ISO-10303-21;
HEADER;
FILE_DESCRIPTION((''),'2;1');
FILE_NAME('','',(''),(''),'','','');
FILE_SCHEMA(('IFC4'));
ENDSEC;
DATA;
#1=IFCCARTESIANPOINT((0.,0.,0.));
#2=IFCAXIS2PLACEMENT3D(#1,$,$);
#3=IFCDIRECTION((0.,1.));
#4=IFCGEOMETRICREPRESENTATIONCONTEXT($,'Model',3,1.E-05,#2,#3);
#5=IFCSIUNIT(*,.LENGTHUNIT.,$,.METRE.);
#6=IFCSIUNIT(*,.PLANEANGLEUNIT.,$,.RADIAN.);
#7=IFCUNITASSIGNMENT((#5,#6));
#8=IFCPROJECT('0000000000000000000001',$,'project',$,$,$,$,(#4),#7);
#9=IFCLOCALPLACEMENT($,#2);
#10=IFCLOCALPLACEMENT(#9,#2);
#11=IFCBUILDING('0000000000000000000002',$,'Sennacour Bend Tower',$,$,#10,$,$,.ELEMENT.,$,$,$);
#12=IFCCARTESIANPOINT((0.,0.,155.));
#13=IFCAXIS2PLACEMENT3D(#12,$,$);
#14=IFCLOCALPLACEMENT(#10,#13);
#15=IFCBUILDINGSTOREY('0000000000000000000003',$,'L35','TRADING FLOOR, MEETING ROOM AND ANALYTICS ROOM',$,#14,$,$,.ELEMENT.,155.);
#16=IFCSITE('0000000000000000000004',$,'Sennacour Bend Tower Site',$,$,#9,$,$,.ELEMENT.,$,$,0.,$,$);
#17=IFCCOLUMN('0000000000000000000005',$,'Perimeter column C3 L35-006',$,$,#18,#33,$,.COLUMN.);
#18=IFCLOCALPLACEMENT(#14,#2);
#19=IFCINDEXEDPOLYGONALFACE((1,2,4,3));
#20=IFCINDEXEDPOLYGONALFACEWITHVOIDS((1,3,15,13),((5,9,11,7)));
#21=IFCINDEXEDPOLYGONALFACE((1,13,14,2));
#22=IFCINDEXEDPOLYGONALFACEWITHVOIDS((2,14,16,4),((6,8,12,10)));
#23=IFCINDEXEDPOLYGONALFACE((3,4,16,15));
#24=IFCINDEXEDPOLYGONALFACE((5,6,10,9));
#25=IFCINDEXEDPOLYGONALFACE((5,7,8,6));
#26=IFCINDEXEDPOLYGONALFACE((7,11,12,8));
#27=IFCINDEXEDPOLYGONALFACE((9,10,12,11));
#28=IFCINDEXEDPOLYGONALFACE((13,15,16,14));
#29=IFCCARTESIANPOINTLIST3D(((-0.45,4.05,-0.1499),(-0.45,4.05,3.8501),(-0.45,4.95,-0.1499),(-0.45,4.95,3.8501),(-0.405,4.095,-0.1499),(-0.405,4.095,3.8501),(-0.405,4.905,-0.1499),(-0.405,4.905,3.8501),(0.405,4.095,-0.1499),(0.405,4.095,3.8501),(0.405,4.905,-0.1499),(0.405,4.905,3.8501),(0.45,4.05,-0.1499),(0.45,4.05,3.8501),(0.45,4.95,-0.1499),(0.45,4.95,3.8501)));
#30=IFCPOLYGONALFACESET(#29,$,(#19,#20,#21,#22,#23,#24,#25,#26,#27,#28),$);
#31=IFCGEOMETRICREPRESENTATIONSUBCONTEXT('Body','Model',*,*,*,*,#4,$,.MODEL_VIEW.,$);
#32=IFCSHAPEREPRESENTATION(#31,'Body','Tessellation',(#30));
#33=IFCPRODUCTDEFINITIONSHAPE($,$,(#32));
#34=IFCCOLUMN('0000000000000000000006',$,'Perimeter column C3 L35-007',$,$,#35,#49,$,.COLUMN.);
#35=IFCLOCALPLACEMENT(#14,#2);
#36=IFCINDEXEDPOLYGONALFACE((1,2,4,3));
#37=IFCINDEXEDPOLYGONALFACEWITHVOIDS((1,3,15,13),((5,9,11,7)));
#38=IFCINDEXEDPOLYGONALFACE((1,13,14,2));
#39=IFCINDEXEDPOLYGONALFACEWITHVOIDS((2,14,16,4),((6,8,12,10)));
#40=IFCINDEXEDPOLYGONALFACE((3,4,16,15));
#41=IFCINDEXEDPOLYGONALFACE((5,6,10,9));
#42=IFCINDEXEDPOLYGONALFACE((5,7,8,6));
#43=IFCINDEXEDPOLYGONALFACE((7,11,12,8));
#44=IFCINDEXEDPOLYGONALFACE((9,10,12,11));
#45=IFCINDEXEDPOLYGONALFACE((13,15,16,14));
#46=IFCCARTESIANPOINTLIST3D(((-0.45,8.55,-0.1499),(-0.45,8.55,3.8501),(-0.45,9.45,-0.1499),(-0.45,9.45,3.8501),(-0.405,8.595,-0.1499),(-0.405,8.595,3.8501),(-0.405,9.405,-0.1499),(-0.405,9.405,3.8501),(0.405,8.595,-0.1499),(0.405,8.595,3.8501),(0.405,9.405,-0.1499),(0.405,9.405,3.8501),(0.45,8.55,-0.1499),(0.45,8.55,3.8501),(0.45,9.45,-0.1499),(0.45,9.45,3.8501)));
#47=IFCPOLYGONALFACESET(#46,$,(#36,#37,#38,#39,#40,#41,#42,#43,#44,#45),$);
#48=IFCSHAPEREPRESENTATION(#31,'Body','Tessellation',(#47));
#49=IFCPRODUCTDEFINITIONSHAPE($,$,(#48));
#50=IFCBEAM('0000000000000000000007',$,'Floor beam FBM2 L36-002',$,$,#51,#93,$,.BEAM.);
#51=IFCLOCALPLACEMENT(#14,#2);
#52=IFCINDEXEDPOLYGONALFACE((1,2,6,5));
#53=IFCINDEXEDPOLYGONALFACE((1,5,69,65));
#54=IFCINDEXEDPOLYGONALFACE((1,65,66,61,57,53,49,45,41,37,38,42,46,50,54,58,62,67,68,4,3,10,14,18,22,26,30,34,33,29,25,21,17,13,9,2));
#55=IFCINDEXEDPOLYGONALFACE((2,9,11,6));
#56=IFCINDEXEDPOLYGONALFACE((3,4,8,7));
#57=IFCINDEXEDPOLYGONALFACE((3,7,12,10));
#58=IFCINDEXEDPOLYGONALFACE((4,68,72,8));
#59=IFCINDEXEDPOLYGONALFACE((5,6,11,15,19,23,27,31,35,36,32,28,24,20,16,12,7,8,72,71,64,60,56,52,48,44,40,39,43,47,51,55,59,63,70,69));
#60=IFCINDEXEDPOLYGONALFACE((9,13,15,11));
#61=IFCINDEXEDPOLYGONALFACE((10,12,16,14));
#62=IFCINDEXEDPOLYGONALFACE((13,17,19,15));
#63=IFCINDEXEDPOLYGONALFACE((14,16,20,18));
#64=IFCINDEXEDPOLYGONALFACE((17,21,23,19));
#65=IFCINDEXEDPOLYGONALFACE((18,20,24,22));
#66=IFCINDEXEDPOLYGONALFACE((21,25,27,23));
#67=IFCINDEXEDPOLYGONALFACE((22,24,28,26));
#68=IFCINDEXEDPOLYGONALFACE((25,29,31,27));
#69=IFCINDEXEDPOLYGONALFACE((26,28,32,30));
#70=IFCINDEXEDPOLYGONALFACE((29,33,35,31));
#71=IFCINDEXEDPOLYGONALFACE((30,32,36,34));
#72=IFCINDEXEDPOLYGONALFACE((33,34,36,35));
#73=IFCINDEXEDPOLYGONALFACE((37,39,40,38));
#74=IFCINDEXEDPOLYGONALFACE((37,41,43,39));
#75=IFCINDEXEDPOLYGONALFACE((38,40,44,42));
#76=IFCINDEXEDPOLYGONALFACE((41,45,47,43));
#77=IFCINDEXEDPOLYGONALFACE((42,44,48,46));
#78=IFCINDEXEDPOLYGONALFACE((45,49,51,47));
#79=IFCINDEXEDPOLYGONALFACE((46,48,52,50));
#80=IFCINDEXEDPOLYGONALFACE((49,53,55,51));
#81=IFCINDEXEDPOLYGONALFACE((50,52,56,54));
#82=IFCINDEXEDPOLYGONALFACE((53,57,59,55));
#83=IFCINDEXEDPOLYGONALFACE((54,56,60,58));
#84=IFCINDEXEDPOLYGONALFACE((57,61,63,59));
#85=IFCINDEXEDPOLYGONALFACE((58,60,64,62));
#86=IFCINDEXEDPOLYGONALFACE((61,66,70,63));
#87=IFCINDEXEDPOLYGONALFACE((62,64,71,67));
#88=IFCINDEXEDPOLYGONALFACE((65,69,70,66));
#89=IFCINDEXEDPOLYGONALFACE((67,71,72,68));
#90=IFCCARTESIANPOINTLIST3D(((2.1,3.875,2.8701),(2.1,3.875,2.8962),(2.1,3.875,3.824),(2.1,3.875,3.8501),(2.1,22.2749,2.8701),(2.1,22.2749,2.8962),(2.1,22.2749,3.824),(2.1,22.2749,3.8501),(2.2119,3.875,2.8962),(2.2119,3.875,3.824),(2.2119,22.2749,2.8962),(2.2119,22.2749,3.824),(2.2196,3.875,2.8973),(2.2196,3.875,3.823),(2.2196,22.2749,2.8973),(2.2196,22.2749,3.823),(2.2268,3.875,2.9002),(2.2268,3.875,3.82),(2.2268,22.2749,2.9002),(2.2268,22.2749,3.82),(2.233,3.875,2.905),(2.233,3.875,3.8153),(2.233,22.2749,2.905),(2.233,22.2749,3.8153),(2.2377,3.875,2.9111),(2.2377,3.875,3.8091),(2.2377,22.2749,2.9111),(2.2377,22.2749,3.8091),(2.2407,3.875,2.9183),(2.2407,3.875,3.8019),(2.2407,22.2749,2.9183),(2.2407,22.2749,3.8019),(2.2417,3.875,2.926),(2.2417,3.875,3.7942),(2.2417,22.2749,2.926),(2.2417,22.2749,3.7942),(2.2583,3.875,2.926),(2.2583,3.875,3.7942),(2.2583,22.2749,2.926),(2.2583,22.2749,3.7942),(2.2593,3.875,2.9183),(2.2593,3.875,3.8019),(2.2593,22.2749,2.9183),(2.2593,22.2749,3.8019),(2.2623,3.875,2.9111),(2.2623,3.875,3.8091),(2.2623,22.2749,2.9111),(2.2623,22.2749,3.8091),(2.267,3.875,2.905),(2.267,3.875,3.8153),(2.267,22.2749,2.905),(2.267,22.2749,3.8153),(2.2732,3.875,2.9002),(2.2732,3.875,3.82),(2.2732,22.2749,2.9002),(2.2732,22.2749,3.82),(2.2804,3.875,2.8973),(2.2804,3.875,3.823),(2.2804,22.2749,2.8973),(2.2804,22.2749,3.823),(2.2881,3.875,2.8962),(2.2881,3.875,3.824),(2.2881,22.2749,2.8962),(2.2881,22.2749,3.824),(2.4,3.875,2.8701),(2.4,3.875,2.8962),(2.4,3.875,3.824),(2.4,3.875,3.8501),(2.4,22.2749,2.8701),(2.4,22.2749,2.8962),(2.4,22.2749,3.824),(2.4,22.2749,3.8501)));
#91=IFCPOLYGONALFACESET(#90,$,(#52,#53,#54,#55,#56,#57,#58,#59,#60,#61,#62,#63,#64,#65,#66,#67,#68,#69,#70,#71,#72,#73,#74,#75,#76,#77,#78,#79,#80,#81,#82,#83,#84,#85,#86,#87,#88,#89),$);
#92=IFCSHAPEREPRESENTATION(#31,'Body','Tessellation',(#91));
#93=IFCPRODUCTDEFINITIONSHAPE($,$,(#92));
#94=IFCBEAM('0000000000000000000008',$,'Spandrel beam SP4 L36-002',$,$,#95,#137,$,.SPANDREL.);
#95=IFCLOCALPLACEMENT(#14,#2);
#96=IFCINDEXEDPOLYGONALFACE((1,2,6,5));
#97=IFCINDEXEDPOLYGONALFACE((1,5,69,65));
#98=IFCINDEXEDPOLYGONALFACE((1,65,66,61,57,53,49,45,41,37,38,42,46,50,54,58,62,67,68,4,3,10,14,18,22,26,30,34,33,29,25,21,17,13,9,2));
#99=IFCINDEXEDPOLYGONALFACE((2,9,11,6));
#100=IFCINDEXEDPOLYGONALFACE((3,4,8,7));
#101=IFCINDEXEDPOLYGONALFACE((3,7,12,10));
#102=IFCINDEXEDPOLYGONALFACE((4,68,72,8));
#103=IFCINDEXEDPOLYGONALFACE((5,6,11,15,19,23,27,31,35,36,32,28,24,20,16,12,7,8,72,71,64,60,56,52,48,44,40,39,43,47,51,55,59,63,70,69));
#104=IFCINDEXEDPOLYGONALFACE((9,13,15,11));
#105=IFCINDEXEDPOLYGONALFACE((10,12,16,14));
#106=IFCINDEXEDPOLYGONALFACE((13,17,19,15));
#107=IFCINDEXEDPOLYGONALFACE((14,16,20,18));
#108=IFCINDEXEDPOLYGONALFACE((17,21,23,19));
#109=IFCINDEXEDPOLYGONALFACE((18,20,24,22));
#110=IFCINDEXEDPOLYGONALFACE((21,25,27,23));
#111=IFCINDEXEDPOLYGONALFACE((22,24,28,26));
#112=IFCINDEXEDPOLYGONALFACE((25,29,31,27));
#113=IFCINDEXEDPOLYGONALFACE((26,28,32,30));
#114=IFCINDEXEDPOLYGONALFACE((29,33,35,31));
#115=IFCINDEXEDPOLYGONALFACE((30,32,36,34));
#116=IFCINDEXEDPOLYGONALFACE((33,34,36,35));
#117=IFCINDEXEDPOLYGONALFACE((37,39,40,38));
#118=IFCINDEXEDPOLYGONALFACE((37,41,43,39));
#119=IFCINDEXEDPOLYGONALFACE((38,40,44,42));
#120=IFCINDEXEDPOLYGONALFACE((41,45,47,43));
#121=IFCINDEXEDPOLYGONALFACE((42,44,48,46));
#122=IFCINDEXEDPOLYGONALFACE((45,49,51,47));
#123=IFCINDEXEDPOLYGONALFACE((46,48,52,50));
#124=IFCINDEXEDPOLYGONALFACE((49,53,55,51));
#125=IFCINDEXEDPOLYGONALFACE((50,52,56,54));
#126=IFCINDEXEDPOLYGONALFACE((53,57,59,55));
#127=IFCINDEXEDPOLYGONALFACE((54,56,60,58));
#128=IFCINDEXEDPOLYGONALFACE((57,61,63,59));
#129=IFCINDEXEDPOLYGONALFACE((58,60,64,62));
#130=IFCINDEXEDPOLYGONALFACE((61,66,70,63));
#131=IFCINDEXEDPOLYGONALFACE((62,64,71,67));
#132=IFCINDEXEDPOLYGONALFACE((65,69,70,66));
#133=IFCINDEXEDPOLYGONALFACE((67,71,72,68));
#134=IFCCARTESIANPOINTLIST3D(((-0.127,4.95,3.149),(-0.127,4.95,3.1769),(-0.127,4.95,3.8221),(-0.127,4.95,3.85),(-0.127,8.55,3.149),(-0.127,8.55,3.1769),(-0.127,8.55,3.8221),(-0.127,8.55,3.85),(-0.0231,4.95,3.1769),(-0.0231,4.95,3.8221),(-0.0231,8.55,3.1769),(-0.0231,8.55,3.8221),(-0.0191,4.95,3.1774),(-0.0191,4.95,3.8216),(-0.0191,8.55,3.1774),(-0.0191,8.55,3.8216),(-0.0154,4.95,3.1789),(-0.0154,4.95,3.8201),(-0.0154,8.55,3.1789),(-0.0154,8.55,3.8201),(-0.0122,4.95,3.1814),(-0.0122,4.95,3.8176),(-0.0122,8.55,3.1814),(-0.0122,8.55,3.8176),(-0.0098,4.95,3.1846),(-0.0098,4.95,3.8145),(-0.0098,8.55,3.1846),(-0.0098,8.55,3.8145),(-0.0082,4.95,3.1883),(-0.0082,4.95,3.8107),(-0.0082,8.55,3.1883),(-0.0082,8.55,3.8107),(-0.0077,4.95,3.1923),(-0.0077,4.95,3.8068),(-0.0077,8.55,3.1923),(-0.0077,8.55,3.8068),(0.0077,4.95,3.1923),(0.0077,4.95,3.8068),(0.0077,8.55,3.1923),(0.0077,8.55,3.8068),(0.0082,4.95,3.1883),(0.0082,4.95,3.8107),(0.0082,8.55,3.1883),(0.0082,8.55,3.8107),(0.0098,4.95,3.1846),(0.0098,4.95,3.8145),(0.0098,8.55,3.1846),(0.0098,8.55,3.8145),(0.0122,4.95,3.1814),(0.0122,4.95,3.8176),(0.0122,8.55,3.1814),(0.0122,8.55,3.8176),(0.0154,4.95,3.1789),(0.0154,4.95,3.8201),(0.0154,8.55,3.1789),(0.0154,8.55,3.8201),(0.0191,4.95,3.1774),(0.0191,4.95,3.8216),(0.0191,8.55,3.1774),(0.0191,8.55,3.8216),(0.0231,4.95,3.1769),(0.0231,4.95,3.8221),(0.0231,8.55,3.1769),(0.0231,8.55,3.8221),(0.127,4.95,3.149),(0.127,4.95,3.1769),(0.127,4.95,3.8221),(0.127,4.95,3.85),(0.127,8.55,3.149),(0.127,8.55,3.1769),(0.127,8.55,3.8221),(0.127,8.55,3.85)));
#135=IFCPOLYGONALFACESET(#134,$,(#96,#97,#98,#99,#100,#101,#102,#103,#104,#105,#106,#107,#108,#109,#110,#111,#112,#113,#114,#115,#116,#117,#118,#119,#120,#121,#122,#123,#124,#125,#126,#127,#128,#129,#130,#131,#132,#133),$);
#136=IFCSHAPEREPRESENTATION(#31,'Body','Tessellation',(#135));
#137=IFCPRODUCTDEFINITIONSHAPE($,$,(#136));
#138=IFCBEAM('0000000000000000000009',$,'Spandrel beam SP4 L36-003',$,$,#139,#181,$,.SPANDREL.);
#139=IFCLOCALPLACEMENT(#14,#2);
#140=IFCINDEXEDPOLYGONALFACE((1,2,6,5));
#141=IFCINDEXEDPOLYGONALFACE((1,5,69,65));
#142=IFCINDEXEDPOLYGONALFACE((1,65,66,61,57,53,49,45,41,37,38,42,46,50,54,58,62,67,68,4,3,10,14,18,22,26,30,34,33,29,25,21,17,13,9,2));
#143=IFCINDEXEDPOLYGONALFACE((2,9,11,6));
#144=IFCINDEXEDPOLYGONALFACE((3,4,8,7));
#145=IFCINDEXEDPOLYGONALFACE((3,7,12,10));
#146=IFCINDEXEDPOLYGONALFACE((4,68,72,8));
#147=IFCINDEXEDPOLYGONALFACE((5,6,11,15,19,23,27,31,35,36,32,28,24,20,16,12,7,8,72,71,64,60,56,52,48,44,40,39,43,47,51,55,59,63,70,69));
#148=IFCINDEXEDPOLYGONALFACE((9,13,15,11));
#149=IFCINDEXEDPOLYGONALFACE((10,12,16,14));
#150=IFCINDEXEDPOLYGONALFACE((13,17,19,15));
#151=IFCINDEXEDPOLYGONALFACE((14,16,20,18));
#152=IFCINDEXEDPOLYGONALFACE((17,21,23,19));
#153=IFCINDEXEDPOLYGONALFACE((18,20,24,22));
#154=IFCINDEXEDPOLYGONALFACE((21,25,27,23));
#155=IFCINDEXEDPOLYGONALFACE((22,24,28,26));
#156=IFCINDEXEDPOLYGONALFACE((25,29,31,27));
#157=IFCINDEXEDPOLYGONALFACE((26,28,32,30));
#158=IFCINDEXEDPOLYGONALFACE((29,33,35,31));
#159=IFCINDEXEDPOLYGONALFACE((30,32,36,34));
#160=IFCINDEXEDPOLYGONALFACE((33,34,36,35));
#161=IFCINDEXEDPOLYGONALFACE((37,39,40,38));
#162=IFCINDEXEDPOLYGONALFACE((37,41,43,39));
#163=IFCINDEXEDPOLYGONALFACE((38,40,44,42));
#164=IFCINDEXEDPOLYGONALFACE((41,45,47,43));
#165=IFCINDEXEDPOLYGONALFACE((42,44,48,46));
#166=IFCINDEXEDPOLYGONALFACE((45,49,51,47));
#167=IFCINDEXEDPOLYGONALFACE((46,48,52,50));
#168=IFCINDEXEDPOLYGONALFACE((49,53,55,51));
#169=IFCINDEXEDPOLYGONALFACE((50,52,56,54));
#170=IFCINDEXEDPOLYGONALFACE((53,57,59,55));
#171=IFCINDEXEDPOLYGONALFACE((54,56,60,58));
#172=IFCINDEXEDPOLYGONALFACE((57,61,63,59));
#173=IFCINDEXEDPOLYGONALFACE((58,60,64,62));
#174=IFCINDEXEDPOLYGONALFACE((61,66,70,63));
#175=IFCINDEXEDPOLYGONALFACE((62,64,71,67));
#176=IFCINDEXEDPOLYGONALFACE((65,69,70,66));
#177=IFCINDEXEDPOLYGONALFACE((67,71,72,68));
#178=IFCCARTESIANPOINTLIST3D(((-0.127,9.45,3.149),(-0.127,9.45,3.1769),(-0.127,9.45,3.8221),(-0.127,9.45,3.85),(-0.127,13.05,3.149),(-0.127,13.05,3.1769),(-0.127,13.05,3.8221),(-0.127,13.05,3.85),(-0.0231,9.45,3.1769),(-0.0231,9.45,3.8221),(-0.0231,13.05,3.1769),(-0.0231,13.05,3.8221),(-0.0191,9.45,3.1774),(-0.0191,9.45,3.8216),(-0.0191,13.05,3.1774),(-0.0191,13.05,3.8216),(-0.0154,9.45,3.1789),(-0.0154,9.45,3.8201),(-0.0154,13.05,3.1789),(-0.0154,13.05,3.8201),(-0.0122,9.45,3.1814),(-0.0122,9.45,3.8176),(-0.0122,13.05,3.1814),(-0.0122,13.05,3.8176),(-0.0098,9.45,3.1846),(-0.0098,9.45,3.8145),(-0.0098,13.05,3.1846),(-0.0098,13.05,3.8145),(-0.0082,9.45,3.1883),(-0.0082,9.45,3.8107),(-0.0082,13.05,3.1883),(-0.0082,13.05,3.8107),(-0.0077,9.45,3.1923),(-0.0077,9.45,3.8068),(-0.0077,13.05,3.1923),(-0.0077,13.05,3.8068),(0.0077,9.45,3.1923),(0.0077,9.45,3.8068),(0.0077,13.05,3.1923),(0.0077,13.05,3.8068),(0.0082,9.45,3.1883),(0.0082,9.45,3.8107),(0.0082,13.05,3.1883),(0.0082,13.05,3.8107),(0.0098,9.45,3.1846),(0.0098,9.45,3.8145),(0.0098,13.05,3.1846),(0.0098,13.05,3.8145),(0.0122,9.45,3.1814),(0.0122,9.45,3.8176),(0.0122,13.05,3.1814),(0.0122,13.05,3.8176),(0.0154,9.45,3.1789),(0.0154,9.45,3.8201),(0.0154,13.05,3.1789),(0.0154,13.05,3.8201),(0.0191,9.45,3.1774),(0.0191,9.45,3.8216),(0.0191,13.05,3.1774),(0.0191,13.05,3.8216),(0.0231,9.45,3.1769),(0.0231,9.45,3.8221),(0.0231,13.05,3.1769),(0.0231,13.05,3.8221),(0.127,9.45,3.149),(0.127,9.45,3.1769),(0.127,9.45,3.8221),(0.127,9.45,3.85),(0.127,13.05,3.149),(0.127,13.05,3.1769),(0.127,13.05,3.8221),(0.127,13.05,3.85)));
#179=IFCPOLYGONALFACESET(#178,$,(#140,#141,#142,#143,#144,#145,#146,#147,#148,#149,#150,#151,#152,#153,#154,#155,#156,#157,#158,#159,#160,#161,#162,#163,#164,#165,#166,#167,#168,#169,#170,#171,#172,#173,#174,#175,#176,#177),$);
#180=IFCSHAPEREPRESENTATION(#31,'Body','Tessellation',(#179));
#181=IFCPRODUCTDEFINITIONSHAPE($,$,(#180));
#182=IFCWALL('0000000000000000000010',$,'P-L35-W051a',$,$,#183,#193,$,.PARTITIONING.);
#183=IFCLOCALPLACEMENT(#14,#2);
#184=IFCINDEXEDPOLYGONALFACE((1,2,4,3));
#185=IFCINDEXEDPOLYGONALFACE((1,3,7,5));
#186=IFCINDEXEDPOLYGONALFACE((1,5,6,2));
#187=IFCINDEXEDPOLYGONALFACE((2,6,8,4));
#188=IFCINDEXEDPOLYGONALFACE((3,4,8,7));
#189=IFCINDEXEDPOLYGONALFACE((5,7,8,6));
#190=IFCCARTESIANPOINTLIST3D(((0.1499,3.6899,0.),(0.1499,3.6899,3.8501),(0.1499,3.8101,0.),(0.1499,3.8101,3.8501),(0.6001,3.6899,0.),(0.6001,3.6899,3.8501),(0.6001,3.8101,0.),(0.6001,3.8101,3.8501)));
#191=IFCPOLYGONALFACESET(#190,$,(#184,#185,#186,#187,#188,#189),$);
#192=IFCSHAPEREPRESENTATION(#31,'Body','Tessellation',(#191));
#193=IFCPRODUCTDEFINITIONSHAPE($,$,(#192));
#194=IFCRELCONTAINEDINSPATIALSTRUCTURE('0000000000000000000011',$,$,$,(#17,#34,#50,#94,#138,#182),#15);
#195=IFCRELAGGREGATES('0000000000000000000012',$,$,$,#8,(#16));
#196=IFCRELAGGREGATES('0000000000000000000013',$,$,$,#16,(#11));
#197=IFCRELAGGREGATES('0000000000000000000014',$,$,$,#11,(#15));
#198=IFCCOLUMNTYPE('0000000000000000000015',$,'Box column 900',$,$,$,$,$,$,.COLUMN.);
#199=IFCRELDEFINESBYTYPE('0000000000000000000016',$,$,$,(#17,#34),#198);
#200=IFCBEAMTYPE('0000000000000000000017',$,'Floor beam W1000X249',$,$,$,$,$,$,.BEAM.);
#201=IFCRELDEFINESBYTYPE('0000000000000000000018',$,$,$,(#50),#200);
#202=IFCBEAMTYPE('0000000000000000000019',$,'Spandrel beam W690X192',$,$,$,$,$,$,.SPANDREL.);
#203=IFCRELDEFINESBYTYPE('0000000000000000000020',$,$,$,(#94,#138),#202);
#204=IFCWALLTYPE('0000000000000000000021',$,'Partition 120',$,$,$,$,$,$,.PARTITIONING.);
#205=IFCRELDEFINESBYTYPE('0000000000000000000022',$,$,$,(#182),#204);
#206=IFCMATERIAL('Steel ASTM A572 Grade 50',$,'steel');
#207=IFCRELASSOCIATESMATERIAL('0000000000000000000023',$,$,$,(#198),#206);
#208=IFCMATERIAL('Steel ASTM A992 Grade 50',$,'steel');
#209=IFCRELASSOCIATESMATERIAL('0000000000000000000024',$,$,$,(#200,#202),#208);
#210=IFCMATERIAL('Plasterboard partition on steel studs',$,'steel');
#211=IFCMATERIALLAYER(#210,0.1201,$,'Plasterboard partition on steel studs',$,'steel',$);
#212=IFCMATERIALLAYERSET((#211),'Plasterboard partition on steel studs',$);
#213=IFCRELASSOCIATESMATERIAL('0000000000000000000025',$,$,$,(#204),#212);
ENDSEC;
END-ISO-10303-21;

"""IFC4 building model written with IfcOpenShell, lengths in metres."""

from ifc_helpers import new_model, si_unit, direction, frame, frame_2d, origin, origin_2d, place, context, subcontext, project, spatial, rectangle, hollow_rectangle, i_section, extrude, material, layer, layer_set, material_profile, profile_set, type_object, element, save


model = new_model("IFC4")

# Units and contexts
model_context = context("Model", 3, precision=1e-05, world=origin(), true_north=direction((0.0, 1.0)))
body_context = subcontext(model_context, "Body", "Model", "MODEL_VIEW")
ifc_project = project(units=[si_unit("LENGTHUNIT", "METRE"), si_unit("PLANEANGLEUNIT", "RADIAN")], contexts=[model_context])

# Site, building, storey
site_placement = place(None, origin())
site = spatial("IfcSite", under=ifc_project, at=site_placement, Name="Sennacour Bend Tower Site", CompositionType="ELEMENT", RefElevation=0.0)
building_placement = place(site_placement, origin())
building = spatial("IfcBuilding", under=site, at=building_placement, Name="Sennacour Bend Tower", CompositionType="ELEMENT")
storey_placement = place(building_placement, frame((0.0, 0.0, 155.0)))
storey = spatial("IfcBuildingStorey", under=building, at=storey_placement, Name="L35", Description="TRADING FLOOR, MEETING ROOM AND ANALYTICS ROOM", CompositionType="ELEMENT", Elevation=155.0)

# Columns
ifc_material_1 = material(Name="Steel ASTM A572 Grade 50", Category="steel")
ifc_material_profile_1 = material_profile(ifc_material_1, hollow_rectangle(XDim=0.8999, YDim=0.8999, WallThickness=0.0449, at=origin_2d()), Name="Steel ASTM A572 Grade 50", Category="steel")
ifc_profile_set_1 = profile_set([ifc_material_profile_1], Name="Steel ASTM A572 Grade 50")
column_type = type_object("IfcColumnType", Name="Box column 900", PredefinedType="COLUMN", material=ifc_profile_set_1)
for number, where, z_axis, x_axis, name in (
    (1, (0.0, 4.5, -0.1499), (0.0, 0.0, 1.0), (1.0, 0.0, 0.0), "Perimeter column C3 L35-006"),
    (2, (0.0, 9.0, -0.1499), (0.0, 0.0, 1.0), (1.0, 0.0, 0.0), "Perimeter column C3 L35-007"),
):
    element("IfcColumn", number, at=place(storey_placement, frame(where, z_axis=z_axis, x_axis=x_axis)), inside=storey, type_object=column_type, Name=name, PredefinedType="COLUMN", context=body_context, shape_type="SweptSolid", body=[
        extrude(hollow_rectangle(XDim=0.8999, YDim=0.8999, WallThickness=0.0449, at=origin_2d()), origin(), (0.0, 0.0, 1.0), 4.0),
    ])

# Beams
ifc_material_2 = material(Name="Steel ASTM A992 Grade 50", Category="steel")
ifc_material_profile_2 = material_profile(ifc_material_2, i_section(OverallWidth=0.3, OverallDepth=0.98, WebThickness=0.0166, FlangeThickness=0.0261, FilletRadius=0.0298, at=origin_2d()), Name="Steel ASTM A992 Grade 50", Category="steel")
ifc_profile_set_2 = profile_set([ifc_material_profile_2], Name="Steel ASTM A992 Grade 50")
beam_type_1 = type_object("IfcBeamType", Name="Floor beam W1000X249", PredefinedType="BEAM", material=ifc_profile_set_2)
beam_placement = place(storey_placement, frame((2.25, 3.875, 3.3601), z_axis=(0.0, 1.0, 0.0), x_axis=(-1.0, 0.0, 0.0)))
element("IfcBeam", 3, at=beam_placement, inside=storey, type_object=beam_type_1, Name="Floor beam FBM2 L36-002", PredefinedType="BEAM", context=body_context, shape_type="SweptSolid", body=[
    extrude(i_section(OverallWidth=0.3, OverallDepth=0.98, WebThickness=0.0166, FlangeThickness=0.0261, FilletRadius=0.0298, at=origin_2d()), origin(), (0.0, 0.0, 1.0), 18.3999),
])
ifc_material_profile_3 = material_profile(ifc_material_2, i_section(OverallWidth=0.2539, OverallDepth=0.7009, WebThickness=0.0154, FlangeThickness=0.0278, FilletRadius=0.0154, at=origin_2d()), Name="Steel ASTM A992 Grade 50", Category="steel")
ifc_profile_set_3 = profile_set([ifc_material_profile_3], Name="Steel ASTM A992 Grade 50")
beam_type_2 = type_object("IfcBeamType", Name="Spandrel beam W690X192", PredefinedType="SPANDREL", material=ifc_profile_set_3)
for number, where, z_axis, x_axis, name in (
    (4, (0.0, 4.95, 3.4995), (0.0, 1.0, 0.0), (-1.0, 0.0, 0.0), "Spandrel beam SP4 L36-002"),
    (5, (0.0, 9.45, 3.4995), (0.0, 1.0, 0.0), (-1.0, 0.0, 0.0), "Spandrel beam SP4 L36-003"),
):
    element("IfcBeam", number, at=place(storey_placement, frame(where, z_axis=z_axis, x_axis=x_axis)), inside=storey, type_object=beam_type_2, Name=name, PredefinedType="SPANDREL", context=body_context, shape_type="SweptSolid", body=[
        extrude(i_section(OverallWidth=0.2539, OverallDepth=0.7009, WebThickness=0.0154, FlangeThickness=0.0278, FilletRadius=0.0154, at=origin_2d()), origin(), (0.0, 0.0, 1.0), 3.6001),
    ])

# Wall
ifc_material_3 = material(Name="Plasterboard partition on steel studs", Category="steel")
ifc_layer_1 = layer(ifc_material_3, 0.1201, Name="Plasterboard partition on steel studs", Category="steel")
ifc_layer_set_1 = layer_set([ifc_layer_1], Name="Plasterboard partition on steel studs")
wall_type_1 = type_object("IfcWallType", Name="Partition 120", PredefinedType="PARTITIONING", material=ifc_layer_set_1)
wall_1_placement = place(storey_placement, frame((0.1499, 3.75, 0.0), z_axis=(0.0, 0.0, 1.0), x_axis=(1.0, 0.0, 0.0)))
element("IfcWall", 6, at=wall_1_placement, inside=storey, type_object=wall_type_1, Name="P-L35-W051a", PredefinedType="PARTITIONING", context=body_context, shape_type="SweptSolid", body=[
    extrude(rectangle(XDim=0.4502, YDim=0.1201, at=frame_2d((0.2251, 0.0))), origin(), (0.0, 0.0, 1.0), 3.8501),
])

save(model, "model.ifc")
